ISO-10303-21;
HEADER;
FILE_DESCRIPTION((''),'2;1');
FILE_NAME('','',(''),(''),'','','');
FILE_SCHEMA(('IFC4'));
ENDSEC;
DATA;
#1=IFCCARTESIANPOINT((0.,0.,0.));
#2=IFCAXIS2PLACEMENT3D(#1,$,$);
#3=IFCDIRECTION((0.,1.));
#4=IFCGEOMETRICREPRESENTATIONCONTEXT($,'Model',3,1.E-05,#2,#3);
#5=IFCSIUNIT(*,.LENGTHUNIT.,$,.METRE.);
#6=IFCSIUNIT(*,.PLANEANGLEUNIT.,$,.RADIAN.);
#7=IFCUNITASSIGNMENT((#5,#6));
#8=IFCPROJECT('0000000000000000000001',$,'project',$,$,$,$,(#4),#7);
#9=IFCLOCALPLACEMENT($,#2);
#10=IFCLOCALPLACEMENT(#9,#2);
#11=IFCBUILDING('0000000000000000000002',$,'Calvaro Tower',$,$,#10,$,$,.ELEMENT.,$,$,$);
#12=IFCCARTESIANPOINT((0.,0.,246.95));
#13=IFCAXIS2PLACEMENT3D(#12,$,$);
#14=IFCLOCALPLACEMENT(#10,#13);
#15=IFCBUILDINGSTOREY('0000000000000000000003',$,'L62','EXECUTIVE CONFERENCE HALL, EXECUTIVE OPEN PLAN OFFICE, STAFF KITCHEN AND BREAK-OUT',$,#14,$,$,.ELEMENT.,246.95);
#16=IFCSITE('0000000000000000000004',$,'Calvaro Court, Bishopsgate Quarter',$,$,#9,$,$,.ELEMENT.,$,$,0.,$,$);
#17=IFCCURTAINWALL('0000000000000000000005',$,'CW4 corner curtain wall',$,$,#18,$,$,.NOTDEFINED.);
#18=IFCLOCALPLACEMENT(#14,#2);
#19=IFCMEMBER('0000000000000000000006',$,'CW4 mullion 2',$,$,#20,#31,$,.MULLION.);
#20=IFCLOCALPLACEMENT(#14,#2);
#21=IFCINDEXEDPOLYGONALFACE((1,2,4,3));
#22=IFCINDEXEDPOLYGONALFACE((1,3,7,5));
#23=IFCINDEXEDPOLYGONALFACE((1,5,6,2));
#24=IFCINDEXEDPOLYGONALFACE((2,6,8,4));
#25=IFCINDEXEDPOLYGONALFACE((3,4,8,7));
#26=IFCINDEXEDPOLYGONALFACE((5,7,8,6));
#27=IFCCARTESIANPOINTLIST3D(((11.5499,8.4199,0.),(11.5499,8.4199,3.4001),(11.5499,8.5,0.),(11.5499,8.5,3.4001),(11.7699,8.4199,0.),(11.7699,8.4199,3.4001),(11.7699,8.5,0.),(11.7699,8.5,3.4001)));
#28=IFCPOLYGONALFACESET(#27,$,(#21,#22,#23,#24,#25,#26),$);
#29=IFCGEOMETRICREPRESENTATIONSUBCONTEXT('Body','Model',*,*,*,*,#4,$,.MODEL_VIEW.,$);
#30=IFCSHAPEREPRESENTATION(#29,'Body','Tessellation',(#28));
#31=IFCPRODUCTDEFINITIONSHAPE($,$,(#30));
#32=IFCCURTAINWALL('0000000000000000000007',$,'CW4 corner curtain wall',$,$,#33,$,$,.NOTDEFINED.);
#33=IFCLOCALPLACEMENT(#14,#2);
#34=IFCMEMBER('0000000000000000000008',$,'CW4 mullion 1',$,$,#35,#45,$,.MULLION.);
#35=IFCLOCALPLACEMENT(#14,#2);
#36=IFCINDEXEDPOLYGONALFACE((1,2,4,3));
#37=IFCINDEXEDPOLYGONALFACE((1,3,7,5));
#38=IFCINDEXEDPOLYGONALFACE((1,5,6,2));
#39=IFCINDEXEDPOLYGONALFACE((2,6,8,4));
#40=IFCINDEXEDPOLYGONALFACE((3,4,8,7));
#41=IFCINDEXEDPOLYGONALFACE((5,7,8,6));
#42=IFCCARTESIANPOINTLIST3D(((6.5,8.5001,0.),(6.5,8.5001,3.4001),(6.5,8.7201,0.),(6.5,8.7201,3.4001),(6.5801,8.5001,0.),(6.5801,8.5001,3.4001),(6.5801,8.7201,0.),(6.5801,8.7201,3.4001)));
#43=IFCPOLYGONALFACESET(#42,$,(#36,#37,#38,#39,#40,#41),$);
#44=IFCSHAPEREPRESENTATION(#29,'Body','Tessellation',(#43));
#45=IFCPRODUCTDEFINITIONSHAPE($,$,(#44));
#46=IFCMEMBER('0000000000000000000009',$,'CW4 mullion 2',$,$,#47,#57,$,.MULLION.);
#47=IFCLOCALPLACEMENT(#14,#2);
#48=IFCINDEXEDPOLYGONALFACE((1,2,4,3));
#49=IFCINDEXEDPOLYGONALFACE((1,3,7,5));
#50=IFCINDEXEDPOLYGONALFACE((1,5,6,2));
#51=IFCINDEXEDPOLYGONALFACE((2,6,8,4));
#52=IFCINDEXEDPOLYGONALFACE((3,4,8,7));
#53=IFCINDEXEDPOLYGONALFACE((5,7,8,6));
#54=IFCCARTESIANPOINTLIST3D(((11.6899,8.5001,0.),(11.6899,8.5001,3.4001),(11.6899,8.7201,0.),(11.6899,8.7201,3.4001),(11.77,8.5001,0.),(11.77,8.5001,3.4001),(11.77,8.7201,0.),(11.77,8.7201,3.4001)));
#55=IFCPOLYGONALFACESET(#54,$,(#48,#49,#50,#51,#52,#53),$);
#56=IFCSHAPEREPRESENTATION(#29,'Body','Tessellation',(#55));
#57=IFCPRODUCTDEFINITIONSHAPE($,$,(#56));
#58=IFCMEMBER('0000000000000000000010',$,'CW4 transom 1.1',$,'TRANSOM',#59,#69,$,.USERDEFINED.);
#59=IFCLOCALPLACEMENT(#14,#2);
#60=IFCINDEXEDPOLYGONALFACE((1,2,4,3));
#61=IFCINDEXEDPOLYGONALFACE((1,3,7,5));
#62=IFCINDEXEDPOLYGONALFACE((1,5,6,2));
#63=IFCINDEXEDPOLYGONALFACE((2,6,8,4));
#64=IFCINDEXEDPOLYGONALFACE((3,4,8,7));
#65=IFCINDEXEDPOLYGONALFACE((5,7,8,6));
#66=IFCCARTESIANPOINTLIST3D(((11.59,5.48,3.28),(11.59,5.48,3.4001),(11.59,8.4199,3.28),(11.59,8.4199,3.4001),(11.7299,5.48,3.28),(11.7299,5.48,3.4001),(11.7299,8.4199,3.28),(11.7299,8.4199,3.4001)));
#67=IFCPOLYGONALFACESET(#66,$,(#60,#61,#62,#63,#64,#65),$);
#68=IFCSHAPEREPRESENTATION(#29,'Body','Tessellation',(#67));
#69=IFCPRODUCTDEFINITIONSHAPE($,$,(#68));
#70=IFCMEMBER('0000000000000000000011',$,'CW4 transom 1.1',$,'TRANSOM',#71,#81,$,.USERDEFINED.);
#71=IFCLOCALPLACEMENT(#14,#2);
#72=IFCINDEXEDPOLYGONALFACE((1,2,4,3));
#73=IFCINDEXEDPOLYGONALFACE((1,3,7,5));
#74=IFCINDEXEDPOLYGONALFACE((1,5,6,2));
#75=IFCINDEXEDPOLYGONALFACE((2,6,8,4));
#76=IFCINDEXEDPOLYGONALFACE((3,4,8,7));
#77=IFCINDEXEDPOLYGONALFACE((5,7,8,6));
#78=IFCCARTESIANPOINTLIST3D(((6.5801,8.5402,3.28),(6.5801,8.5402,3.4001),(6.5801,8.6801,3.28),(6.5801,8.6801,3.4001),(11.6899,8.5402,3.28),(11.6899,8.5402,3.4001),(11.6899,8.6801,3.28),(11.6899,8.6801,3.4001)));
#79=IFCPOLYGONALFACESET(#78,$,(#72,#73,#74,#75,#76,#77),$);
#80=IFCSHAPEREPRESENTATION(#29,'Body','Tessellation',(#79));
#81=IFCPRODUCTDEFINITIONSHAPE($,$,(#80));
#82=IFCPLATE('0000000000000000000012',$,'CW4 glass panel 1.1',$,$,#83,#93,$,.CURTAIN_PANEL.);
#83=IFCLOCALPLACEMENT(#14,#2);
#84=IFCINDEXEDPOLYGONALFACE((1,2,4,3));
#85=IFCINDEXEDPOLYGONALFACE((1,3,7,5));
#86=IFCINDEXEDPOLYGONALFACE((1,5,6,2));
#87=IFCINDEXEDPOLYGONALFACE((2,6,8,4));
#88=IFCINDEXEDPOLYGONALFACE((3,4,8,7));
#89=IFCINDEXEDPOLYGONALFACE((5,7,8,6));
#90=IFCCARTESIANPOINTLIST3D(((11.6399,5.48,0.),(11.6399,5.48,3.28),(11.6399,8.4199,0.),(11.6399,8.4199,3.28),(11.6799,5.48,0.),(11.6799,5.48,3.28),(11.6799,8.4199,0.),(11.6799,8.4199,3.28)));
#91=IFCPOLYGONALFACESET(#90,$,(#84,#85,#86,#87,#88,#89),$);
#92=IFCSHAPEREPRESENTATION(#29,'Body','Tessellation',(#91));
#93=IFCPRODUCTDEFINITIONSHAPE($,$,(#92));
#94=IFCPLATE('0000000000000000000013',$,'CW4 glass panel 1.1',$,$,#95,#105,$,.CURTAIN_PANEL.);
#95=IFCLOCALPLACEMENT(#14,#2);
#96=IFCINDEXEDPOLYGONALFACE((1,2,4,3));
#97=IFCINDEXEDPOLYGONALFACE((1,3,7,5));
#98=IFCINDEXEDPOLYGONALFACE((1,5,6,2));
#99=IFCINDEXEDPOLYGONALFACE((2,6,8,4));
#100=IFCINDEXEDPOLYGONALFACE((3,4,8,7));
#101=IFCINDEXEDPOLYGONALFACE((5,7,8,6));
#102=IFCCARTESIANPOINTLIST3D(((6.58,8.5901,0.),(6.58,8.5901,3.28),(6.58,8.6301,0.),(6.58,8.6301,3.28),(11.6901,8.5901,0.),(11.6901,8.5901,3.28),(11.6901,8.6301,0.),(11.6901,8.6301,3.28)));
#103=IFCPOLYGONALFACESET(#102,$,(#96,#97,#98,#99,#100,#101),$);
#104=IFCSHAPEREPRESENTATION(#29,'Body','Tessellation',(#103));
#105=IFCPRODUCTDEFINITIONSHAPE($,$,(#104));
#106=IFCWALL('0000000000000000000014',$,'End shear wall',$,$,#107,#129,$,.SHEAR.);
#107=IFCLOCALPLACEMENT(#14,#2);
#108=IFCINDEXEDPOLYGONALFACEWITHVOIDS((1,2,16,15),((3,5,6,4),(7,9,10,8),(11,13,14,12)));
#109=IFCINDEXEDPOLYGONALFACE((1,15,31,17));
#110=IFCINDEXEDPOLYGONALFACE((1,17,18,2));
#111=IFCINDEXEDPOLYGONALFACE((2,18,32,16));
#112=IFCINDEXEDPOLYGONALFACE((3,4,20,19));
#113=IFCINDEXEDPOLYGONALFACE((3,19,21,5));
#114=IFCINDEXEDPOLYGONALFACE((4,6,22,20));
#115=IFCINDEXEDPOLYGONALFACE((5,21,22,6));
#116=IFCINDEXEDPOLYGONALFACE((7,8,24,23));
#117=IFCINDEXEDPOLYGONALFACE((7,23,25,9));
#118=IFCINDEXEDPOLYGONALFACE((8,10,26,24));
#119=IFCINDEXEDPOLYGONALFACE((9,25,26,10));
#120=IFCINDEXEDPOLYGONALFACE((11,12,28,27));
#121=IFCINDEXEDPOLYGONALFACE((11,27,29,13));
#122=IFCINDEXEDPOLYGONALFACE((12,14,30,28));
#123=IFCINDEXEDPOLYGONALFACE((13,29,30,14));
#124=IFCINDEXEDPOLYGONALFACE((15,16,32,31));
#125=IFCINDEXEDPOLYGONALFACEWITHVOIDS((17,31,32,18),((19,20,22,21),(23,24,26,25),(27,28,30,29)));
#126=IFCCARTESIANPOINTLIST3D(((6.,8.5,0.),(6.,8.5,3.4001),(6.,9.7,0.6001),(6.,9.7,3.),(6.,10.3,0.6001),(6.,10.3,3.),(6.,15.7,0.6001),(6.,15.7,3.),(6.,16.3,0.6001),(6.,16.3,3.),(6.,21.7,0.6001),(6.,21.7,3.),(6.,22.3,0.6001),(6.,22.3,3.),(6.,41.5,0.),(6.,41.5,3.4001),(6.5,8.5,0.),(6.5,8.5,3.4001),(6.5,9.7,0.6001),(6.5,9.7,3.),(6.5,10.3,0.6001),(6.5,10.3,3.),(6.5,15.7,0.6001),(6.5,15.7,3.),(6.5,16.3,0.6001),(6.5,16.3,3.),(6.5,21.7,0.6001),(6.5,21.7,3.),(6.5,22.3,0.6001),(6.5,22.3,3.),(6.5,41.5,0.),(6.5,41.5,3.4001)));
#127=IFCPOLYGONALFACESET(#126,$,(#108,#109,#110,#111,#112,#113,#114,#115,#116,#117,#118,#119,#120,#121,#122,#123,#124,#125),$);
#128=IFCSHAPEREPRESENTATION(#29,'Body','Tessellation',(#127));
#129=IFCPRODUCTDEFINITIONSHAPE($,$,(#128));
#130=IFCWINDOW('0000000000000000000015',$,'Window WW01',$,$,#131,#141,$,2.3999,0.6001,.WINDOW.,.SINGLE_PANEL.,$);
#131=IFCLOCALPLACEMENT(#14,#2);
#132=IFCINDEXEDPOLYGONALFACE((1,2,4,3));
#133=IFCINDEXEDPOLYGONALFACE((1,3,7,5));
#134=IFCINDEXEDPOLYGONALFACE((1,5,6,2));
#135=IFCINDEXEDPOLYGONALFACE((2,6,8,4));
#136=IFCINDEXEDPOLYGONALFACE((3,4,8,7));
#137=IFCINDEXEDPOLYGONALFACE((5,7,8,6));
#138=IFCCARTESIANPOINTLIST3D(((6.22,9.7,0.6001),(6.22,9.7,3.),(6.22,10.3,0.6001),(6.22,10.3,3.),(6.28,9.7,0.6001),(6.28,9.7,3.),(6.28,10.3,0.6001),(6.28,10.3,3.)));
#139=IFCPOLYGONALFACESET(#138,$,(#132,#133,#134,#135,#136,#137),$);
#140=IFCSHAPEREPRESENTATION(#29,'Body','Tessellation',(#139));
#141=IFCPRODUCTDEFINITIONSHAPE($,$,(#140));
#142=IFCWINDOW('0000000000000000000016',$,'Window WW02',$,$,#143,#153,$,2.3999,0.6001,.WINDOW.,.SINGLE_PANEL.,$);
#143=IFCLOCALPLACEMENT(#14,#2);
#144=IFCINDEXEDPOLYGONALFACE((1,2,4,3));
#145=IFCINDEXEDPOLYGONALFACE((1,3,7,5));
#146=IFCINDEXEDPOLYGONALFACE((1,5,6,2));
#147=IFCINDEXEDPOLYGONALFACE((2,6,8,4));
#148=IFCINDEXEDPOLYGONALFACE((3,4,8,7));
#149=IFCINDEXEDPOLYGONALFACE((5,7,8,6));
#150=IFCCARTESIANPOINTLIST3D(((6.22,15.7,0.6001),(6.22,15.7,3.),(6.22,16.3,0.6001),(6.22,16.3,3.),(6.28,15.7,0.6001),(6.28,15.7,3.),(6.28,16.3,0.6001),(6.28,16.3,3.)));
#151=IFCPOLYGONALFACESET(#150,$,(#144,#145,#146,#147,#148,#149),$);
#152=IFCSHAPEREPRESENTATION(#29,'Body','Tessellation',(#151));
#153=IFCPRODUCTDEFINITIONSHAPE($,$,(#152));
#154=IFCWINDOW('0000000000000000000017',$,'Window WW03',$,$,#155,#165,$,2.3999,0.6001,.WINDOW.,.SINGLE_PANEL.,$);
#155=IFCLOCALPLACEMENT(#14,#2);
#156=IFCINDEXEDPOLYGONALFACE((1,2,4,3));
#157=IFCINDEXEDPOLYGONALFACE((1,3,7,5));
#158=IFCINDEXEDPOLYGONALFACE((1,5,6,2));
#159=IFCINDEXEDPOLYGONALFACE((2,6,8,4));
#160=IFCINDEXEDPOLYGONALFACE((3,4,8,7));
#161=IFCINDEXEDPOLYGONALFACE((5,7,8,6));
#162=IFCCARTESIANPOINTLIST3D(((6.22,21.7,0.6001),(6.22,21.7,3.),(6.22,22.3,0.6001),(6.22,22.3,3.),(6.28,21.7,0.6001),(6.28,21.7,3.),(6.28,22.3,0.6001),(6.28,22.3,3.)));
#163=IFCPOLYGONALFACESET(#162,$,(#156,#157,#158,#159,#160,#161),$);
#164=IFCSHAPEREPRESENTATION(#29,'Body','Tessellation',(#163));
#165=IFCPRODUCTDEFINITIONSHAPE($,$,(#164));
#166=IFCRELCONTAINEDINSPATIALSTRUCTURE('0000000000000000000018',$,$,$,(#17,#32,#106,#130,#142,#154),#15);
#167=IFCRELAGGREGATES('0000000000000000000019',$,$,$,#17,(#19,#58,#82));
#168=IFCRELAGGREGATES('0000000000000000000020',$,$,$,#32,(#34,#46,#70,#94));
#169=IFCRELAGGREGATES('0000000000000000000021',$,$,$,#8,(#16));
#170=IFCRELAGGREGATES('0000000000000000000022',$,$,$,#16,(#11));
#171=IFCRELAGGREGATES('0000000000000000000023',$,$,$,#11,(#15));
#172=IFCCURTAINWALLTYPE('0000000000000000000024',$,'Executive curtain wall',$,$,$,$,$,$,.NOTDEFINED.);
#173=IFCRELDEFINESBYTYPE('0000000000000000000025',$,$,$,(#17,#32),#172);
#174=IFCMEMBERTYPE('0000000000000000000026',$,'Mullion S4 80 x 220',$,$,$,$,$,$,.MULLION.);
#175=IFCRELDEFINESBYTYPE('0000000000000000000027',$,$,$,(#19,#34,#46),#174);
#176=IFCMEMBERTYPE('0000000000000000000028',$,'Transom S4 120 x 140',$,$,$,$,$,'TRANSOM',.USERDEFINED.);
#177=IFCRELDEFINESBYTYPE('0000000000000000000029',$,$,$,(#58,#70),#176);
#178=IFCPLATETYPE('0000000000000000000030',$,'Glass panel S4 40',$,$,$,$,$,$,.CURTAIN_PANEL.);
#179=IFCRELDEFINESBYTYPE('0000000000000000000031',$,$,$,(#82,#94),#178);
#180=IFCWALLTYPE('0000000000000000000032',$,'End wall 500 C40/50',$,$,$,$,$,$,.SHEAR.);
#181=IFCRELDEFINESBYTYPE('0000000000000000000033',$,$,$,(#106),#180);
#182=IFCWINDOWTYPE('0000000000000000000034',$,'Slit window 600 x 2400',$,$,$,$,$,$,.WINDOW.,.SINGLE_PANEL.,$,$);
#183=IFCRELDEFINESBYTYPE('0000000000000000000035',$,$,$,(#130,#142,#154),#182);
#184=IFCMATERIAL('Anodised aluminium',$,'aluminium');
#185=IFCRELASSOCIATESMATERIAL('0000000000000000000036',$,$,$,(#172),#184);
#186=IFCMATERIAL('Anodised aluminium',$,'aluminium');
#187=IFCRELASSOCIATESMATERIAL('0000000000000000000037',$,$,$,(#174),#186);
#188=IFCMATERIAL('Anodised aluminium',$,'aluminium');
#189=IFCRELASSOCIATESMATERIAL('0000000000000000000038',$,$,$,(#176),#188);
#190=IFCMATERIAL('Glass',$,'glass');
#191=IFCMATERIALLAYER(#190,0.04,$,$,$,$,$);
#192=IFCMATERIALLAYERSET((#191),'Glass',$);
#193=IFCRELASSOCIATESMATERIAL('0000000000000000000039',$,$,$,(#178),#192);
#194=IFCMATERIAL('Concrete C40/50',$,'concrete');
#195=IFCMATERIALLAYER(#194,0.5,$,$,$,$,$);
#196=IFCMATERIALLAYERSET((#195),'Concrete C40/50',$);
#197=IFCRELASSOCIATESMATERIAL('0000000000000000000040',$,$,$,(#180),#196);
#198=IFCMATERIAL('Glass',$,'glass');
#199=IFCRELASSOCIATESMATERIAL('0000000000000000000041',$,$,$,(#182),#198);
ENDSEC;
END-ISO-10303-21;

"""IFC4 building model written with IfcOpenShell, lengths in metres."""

from ifc_helpers import new_model, si_unit, direction, frame, frame_2d, origin, origin_2d, place, context, subcontext, project, spatial, rectangle, extrude, material, layer, layer_set, material_profile, profile_set, type_object, element, fill, aggregate, save


model = new_model("IFC4")

# Units and contexts
model_context = context("Model", 3, precision=1e-05, world=origin(), true_north=direction((0.0, 1.0)))
body_context = subcontext(model_context, "Body", "Model", "MODEL_VIEW")
ifc_project = project(units=[si_unit("LENGTHUNIT", "METRE"), si_unit("PLANEANGLEUNIT", "RADIAN")], contexts=[model_context])

# Site, building, storey
site_placement = place(None, origin())
site = spatial("IfcSite", under=ifc_project, at=site_placement, Name="Calvaro Court, Bishopsgate Quarter", CompositionType="ELEMENT", RefElevation=0.0)
building_placement = place(site_placement, origin())
building = spatial("IfcBuilding", under=site, at=building_placement, Name="Calvaro Tower", CompositionType="ELEMENT")
storey_placement = place(building_placement, frame((0.0, 0.0, 246.95)))
storey = spatial("IfcBuildingStorey", under=building, at=storey_placement, Name="L62", Description="EXECUTIVE CONFERENCE HALL, EXECUTIVE OPEN PLAN OFFICE, STAFF KITCHEN AND BREAK-OUT", CompositionType="ELEMENT", Elevation=246.95)

# Curtain wall, member
ifc_material_1 = material(Name="Anodised aluminium", Category="aluminium")
curtain_wall_type = type_object("IfcCurtainWallType", Name="Executive curtain wall", PredefinedType="NOTDEFINED", material=ifc_material_1)
curtain_wall_1_placement = place(storey_placement, origin())
curtain_wall_1 = element("IfcCurtainWall", 1, at=curtain_wall_1_placement, inside=storey, type_object=curtain_wall_type, Name="CW4 corner curtain wall", PredefinedType="NOTDEFINED")
ifc_material_2 = material(Name="Anodised aluminium", Category="aluminium")
ifc_material_profile_1 = material_profile(ifc_material_2, rectangle(XDim=0.22, YDim=0.0801, at=origin_2d()), Name="Mullion S4 80 x 220")
ifc_profile_set_1 = profile_set([ifc_material_profile_1], Name="Anodised aluminium")
member_type_1 = type_object("IfcMemberType", Name="Mullion S4 80 x 220", PredefinedType="MULLION", material=ifc_profile_set_1)
member_1_placement = place(storey_placement, frame((11.6599, 8.46, 0.0), z_axis=(0.0, 0.0, 1.0), x_axis=(-1.0, 0.0, 0.0)))
member_1 = element("IfcMember", 2, at=member_1_placement, type_object=member_type_1, Name="CW4 mullion 2", PredefinedType="MULLION", context=body_context, shape_type="SweptSolid", body=[
    extrude(rectangle(XDim=0.22, YDim=0.0801, at=origin_2d()), origin(), (0.0, 0.0, 1.0), 3.4001),
])

# Curtain wall, members
curtain_wall_2_placement = place(storey_placement, origin())
curtain_wall_2 = element("IfcCurtainWall", 3, at=curtain_wall_2_placement, inside=storey, type_object=curtain_wall_type, Name="CW4 corner curtain wall", PredefinedType="NOTDEFINED")
member_2_placement = place(storey_placement, frame((6.54, 8.6101, 0.0), z_axis=(0.0, 0.0, 1.0), x_axis=(0.0, 1.0, 0.0)))
member_2 = element("IfcMember", 4, at=member_2_placement, type_object=member_type_1, Name="CW4 mullion 1", PredefinedType="MULLION", context=body_context, shape_type="SweptSolid", body=[
    extrude(rectangle(XDim=0.22, YDim=0.0801, at=origin_2d()), origin(), (0.0, 0.0, 1.0), 3.4001),
])
member_3_placement = place(storey_placement, frame((11.73, 8.6101, 0.0), z_axis=(0.0, 0.0, 1.0), x_axis=(0.0, 1.0, 0.0)))
member_3 = element("IfcMember", 5, at=member_3_placement, type_object=member_type_1, Name="CW4 mullion 2", PredefinedType="MULLION", context=body_context, shape_type="SweptSolid", body=[
    extrude(rectangle(XDim=0.22, YDim=0.0801, at=origin_2d()), origin(), (0.0, 0.0, 1.0), 3.4001),
])

# Members
ifc_material_3 = material(Name="Anodised aluminium", Category="aluminium")
ifc_material_profile_2 = material_profile(ifc_material_3, rectangle(XDim=0.1399, YDim=0.1201, at=origin_2d()), Name="Transom S4 120 x 140")
ifc_profile_set_2 = profile_set([ifc_material_profile_2], Name="Anodised aluminium")
member_type_2 = type_object("IfcMemberType", Name="Transom S4 120 x 140", ElementType="TRANSOM", PredefinedType="USERDEFINED", material=ifc_profile_set_2)
member_4_placement = place(storey_placement, frame((11.6599, 5.48, 3.3401), z_axis=(0.0, 1.0, 0.0), x_axis=(-1.0, 0.0, 0.0)))
member_4 = element("IfcMember", 6, at=member_4_placement, type_object=member_type_2, Name="CW4 transom 1.1", ObjectType="TRANSOM", PredefinedType="USERDEFINED", context=body_context, shape_type="SweptSolid", body=[
    extrude(rectangle(XDim=0.1399, YDim=0.1201, at=origin_2d()), origin(), (0.0, 0.0, 1.0), 2.9399),
])
member_5_placement = place(storey_placement, frame((6.5801, 8.6101, 3.3401), z_axis=(1.0, 0.0, 0.0), x_axis=(0.0, 1.0, 0.0)))
member_5 = element("IfcMember", 7, at=member_5_placement, type_object=member_type_2, Name="CW4 transom 1.1", ObjectType="TRANSOM", PredefinedType="USERDEFINED", context=body_context, shape_type="SweptSolid", body=[
    extrude(rectangle(XDim=0.1399, YDim=0.1201, at=origin_2d()), origin(), (0.0, 0.0, 1.0), 5.1099),
])

# Plates
ifc_material_4 = material(Name="Glass", Category="glass")
ifc_layer_1 = layer(ifc_material_4, 0.04)
ifc_layer_set_1 = layer_set([ifc_layer_1], Name="Glass")
plate_type = type_object("IfcPlateType", Name="Glass panel S4 40", PredefinedType="CURTAIN_PANEL", material=ifc_layer_set_1)
plate_1_placement = place(storey_placement, frame((11.6599, 6.95, 0.0), z_axis=(0.0, 0.0, 1.0), x_axis=(0.0, 1.0, 0.0)))
plate_1 = element("IfcPlate", 8, at=plate_1_placement, type_object=plate_type, Name="CW4 glass panel 1.1", PredefinedType="CURTAIN_PANEL", context=body_context, shape_type="SweptSolid", body=[
    extrude(rectangle(XDim=2.9399, YDim=0.04, at=origin_2d()), origin(), (0.0, 0.0, 1.0), 3.28),
])
aggregate(curtain_wall_1, [member_1, member_4, plate_1])
plate_2_placement = place(storey_placement, frame((9.135, 8.6101, 0.0), z_axis=(0.0, 0.0, 1.0), x_axis=(1.0, 0.0, 0.0)))
plate_2 = element("IfcPlate", 9, at=plate_2_placement, type_object=plate_type, Name="CW4 glass panel 1.1", PredefinedType="CURTAIN_PANEL", context=body_context, shape_type="SweptSolid", body=[
    extrude(rectangle(XDim=5.1101, YDim=0.04, at=origin_2d()), origin(), (0.0, 0.0, 1.0), 3.28),
])
aggregate(curtain_wall_2, [member_2, member_3, member_5, plate_2])

# Wall, openings, windows
ifc_material_5 = material(Name="Concrete C40/50", Category="concrete")
ifc_layer_2 = layer(ifc_material_5, 0.5)
ifc_layer_set_2 = layer_set([ifc_layer_2], Name="Concrete C40/50")
wall_type = type_object("IfcWallType", Name="End wall 500 C40/50", PredefinedType="SHEAR", material=ifc_layer_set_2)
wall_placement = place(storey_placement, frame((6.25, 8.5, 0.0), z_axis=(0.0, 0.0, 1.0), x_axis=(0.0, 1.0, 0.0)))
wall = element("IfcWall", 10, at=wall_placement, inside=storey, type_object=wall_type, Name="End shear wall", PredefinedType="SHEAR", context=body_context, shape_type="SweptSolid", body=[
    extrude(rectangle(XDim=33.0, YDim=0.5, at=frame_2d((16.5, 0.0))), origin(), (0.0, 0.0, 1.0), 3.4001),
])
opening_1_placement = place(wall_placement, frame((1.2, 0.0, 0.6001)))
opening_1 = element("IfcOpeningElement", 11, at=opening_1_placement, cuts=wall, PredefinedType="OPENING", context=body_context, shape_type="SweptSolid", body=[
    extrude(rectangle(XDim=0.6001, YDim=2.3999, at=frame_2d((0.3, 1.2))), frame((0.0, 0.26, 0.0), z_axis=(0.0, -1.0, 0.0), x_axis=(1.0, 0.0, 0.0)), (0.0, 0.0, 1.0), 0.52),
])
opening_2_placement = place(wall_placement, frame((7.2, 0.0, 0.6001)))
opening_2 = element("IfcOpeningElement", 12, at=opening_2_placement, cuts=wall, PredefinedType="OPENING", context=body_context, shape_type="SweptSolid", body=[
    extrude(rectangle(XDim=0.6001, YDim=2.3999, at=frame_2d((0.3, 1.2))), frame((0.0, 0.26, 0.0), z_axis=(0.0, -1.0, 0.0), x_axis=(1.0, 0.0, 0.0)), (0.0, 0.0, 1.0), 0.52),
])
opening_3_placement = place(wall_placement, frame((13.2, 0.0, 0.6001)))
opening_3 = element("IfcOpeningElement", 13, at=opening_3_placement, cuts=wall, PredefinedType="OPENING", context=body_context, shape_type="SweptSolid", body=[
    extrude(rectangle(XDim=0.6001, YDim=2.3999, at=frame_2d((0.3, 1.2))), frame((0.0, 0.26, 0.0), z_axis=(0.0, -1.0, 0.0), x_axis=(1.0, 0.0, 0.0)), (0.0, 0.0, 1.0), 0.52),
])
ifc_material_6 = material(Name="Glass", Category="glass")
window_type = type_object("IfcWindowType", Name="Slit window 600 x 2400", PartitioningType="SINGLE_PANEL", PredefinedType="WINDOW", material=ifc_material_6)
window_1_placement = place(opening_1_placement, origin())
window_1 = element("IfcWindow", 14, at=window_1_placement, inside=storey, type_object=window_type, Name="Window WW01", OverallHeight=2.3999, OverallWidth=0.6001, PartitioningType="SINGLE_PANEL", PredefinedType="WINDOW", context=body_context, shape_type="SweptSolid", body=[
    extrude(rectangle(XDim=0.6001, YDim=2.3999, at=frame_2d((0.3, 1.2))), frame((0.0, 0.03, 0.0), z_axis=(0.0, -1.0, 0.0), x_axis=(1.0, 0.0, 0.0)), (0.0, 0.0, 1.0), 0.0601),
])
fill(opening_1, window_1)
window_2_placement = place(opening_2_placement, origin())
window_2 = element("IfcWindow", 15, at=window_2_placement, inside=storey, type_object=window_type, Name="Window WW02", OverallHeight=2.3999, OverallWidth=0.6001, PartitioningType="SINGLE_PANEL", PredefinedType="WINDOW", context=body_context, shape_type="SweptSolid", body=[
    extrude(rectangle(XDim=0.6001, YDim=2.3999, at=frame_2d((0.3, 1.2))), frame((0.0, 0.03, 0.0), z_axis=(0.0, -1.0, 0.0), x_axis=(1.0, 0.0, 0.0)), (0.0, 0.0, 1.0), 0.0601),
])
fill(opening_2, window_2)
window_3_placement = place(opening_3_placement, origin())
window_3 = element("IfcWindow", 16, at=window_3_placement, inside=storey, type_object=window_type, Name="Window WW03", OverallHeight=2.3999, OverallWidth=0.6001, PartitioningType="SINGLE_PANEL", PredefinedType="WINDOW", context=body_context, shape_type="SweptSolid", body=[
    extrude(rectangle(XDim=0.6001, YDim=2.3999, at=frame_2d((0.3, 1.2))), frame((0.0, 0.03, 0.0), z_axis=(0.0, -1.0, 0.0), x_axis=(1.0, 0.0, 0.0)), (0.0, 0.0, 1.0), 0.0601),
])
fill(opening_3, window_3)

save(model, "model.ifc")
